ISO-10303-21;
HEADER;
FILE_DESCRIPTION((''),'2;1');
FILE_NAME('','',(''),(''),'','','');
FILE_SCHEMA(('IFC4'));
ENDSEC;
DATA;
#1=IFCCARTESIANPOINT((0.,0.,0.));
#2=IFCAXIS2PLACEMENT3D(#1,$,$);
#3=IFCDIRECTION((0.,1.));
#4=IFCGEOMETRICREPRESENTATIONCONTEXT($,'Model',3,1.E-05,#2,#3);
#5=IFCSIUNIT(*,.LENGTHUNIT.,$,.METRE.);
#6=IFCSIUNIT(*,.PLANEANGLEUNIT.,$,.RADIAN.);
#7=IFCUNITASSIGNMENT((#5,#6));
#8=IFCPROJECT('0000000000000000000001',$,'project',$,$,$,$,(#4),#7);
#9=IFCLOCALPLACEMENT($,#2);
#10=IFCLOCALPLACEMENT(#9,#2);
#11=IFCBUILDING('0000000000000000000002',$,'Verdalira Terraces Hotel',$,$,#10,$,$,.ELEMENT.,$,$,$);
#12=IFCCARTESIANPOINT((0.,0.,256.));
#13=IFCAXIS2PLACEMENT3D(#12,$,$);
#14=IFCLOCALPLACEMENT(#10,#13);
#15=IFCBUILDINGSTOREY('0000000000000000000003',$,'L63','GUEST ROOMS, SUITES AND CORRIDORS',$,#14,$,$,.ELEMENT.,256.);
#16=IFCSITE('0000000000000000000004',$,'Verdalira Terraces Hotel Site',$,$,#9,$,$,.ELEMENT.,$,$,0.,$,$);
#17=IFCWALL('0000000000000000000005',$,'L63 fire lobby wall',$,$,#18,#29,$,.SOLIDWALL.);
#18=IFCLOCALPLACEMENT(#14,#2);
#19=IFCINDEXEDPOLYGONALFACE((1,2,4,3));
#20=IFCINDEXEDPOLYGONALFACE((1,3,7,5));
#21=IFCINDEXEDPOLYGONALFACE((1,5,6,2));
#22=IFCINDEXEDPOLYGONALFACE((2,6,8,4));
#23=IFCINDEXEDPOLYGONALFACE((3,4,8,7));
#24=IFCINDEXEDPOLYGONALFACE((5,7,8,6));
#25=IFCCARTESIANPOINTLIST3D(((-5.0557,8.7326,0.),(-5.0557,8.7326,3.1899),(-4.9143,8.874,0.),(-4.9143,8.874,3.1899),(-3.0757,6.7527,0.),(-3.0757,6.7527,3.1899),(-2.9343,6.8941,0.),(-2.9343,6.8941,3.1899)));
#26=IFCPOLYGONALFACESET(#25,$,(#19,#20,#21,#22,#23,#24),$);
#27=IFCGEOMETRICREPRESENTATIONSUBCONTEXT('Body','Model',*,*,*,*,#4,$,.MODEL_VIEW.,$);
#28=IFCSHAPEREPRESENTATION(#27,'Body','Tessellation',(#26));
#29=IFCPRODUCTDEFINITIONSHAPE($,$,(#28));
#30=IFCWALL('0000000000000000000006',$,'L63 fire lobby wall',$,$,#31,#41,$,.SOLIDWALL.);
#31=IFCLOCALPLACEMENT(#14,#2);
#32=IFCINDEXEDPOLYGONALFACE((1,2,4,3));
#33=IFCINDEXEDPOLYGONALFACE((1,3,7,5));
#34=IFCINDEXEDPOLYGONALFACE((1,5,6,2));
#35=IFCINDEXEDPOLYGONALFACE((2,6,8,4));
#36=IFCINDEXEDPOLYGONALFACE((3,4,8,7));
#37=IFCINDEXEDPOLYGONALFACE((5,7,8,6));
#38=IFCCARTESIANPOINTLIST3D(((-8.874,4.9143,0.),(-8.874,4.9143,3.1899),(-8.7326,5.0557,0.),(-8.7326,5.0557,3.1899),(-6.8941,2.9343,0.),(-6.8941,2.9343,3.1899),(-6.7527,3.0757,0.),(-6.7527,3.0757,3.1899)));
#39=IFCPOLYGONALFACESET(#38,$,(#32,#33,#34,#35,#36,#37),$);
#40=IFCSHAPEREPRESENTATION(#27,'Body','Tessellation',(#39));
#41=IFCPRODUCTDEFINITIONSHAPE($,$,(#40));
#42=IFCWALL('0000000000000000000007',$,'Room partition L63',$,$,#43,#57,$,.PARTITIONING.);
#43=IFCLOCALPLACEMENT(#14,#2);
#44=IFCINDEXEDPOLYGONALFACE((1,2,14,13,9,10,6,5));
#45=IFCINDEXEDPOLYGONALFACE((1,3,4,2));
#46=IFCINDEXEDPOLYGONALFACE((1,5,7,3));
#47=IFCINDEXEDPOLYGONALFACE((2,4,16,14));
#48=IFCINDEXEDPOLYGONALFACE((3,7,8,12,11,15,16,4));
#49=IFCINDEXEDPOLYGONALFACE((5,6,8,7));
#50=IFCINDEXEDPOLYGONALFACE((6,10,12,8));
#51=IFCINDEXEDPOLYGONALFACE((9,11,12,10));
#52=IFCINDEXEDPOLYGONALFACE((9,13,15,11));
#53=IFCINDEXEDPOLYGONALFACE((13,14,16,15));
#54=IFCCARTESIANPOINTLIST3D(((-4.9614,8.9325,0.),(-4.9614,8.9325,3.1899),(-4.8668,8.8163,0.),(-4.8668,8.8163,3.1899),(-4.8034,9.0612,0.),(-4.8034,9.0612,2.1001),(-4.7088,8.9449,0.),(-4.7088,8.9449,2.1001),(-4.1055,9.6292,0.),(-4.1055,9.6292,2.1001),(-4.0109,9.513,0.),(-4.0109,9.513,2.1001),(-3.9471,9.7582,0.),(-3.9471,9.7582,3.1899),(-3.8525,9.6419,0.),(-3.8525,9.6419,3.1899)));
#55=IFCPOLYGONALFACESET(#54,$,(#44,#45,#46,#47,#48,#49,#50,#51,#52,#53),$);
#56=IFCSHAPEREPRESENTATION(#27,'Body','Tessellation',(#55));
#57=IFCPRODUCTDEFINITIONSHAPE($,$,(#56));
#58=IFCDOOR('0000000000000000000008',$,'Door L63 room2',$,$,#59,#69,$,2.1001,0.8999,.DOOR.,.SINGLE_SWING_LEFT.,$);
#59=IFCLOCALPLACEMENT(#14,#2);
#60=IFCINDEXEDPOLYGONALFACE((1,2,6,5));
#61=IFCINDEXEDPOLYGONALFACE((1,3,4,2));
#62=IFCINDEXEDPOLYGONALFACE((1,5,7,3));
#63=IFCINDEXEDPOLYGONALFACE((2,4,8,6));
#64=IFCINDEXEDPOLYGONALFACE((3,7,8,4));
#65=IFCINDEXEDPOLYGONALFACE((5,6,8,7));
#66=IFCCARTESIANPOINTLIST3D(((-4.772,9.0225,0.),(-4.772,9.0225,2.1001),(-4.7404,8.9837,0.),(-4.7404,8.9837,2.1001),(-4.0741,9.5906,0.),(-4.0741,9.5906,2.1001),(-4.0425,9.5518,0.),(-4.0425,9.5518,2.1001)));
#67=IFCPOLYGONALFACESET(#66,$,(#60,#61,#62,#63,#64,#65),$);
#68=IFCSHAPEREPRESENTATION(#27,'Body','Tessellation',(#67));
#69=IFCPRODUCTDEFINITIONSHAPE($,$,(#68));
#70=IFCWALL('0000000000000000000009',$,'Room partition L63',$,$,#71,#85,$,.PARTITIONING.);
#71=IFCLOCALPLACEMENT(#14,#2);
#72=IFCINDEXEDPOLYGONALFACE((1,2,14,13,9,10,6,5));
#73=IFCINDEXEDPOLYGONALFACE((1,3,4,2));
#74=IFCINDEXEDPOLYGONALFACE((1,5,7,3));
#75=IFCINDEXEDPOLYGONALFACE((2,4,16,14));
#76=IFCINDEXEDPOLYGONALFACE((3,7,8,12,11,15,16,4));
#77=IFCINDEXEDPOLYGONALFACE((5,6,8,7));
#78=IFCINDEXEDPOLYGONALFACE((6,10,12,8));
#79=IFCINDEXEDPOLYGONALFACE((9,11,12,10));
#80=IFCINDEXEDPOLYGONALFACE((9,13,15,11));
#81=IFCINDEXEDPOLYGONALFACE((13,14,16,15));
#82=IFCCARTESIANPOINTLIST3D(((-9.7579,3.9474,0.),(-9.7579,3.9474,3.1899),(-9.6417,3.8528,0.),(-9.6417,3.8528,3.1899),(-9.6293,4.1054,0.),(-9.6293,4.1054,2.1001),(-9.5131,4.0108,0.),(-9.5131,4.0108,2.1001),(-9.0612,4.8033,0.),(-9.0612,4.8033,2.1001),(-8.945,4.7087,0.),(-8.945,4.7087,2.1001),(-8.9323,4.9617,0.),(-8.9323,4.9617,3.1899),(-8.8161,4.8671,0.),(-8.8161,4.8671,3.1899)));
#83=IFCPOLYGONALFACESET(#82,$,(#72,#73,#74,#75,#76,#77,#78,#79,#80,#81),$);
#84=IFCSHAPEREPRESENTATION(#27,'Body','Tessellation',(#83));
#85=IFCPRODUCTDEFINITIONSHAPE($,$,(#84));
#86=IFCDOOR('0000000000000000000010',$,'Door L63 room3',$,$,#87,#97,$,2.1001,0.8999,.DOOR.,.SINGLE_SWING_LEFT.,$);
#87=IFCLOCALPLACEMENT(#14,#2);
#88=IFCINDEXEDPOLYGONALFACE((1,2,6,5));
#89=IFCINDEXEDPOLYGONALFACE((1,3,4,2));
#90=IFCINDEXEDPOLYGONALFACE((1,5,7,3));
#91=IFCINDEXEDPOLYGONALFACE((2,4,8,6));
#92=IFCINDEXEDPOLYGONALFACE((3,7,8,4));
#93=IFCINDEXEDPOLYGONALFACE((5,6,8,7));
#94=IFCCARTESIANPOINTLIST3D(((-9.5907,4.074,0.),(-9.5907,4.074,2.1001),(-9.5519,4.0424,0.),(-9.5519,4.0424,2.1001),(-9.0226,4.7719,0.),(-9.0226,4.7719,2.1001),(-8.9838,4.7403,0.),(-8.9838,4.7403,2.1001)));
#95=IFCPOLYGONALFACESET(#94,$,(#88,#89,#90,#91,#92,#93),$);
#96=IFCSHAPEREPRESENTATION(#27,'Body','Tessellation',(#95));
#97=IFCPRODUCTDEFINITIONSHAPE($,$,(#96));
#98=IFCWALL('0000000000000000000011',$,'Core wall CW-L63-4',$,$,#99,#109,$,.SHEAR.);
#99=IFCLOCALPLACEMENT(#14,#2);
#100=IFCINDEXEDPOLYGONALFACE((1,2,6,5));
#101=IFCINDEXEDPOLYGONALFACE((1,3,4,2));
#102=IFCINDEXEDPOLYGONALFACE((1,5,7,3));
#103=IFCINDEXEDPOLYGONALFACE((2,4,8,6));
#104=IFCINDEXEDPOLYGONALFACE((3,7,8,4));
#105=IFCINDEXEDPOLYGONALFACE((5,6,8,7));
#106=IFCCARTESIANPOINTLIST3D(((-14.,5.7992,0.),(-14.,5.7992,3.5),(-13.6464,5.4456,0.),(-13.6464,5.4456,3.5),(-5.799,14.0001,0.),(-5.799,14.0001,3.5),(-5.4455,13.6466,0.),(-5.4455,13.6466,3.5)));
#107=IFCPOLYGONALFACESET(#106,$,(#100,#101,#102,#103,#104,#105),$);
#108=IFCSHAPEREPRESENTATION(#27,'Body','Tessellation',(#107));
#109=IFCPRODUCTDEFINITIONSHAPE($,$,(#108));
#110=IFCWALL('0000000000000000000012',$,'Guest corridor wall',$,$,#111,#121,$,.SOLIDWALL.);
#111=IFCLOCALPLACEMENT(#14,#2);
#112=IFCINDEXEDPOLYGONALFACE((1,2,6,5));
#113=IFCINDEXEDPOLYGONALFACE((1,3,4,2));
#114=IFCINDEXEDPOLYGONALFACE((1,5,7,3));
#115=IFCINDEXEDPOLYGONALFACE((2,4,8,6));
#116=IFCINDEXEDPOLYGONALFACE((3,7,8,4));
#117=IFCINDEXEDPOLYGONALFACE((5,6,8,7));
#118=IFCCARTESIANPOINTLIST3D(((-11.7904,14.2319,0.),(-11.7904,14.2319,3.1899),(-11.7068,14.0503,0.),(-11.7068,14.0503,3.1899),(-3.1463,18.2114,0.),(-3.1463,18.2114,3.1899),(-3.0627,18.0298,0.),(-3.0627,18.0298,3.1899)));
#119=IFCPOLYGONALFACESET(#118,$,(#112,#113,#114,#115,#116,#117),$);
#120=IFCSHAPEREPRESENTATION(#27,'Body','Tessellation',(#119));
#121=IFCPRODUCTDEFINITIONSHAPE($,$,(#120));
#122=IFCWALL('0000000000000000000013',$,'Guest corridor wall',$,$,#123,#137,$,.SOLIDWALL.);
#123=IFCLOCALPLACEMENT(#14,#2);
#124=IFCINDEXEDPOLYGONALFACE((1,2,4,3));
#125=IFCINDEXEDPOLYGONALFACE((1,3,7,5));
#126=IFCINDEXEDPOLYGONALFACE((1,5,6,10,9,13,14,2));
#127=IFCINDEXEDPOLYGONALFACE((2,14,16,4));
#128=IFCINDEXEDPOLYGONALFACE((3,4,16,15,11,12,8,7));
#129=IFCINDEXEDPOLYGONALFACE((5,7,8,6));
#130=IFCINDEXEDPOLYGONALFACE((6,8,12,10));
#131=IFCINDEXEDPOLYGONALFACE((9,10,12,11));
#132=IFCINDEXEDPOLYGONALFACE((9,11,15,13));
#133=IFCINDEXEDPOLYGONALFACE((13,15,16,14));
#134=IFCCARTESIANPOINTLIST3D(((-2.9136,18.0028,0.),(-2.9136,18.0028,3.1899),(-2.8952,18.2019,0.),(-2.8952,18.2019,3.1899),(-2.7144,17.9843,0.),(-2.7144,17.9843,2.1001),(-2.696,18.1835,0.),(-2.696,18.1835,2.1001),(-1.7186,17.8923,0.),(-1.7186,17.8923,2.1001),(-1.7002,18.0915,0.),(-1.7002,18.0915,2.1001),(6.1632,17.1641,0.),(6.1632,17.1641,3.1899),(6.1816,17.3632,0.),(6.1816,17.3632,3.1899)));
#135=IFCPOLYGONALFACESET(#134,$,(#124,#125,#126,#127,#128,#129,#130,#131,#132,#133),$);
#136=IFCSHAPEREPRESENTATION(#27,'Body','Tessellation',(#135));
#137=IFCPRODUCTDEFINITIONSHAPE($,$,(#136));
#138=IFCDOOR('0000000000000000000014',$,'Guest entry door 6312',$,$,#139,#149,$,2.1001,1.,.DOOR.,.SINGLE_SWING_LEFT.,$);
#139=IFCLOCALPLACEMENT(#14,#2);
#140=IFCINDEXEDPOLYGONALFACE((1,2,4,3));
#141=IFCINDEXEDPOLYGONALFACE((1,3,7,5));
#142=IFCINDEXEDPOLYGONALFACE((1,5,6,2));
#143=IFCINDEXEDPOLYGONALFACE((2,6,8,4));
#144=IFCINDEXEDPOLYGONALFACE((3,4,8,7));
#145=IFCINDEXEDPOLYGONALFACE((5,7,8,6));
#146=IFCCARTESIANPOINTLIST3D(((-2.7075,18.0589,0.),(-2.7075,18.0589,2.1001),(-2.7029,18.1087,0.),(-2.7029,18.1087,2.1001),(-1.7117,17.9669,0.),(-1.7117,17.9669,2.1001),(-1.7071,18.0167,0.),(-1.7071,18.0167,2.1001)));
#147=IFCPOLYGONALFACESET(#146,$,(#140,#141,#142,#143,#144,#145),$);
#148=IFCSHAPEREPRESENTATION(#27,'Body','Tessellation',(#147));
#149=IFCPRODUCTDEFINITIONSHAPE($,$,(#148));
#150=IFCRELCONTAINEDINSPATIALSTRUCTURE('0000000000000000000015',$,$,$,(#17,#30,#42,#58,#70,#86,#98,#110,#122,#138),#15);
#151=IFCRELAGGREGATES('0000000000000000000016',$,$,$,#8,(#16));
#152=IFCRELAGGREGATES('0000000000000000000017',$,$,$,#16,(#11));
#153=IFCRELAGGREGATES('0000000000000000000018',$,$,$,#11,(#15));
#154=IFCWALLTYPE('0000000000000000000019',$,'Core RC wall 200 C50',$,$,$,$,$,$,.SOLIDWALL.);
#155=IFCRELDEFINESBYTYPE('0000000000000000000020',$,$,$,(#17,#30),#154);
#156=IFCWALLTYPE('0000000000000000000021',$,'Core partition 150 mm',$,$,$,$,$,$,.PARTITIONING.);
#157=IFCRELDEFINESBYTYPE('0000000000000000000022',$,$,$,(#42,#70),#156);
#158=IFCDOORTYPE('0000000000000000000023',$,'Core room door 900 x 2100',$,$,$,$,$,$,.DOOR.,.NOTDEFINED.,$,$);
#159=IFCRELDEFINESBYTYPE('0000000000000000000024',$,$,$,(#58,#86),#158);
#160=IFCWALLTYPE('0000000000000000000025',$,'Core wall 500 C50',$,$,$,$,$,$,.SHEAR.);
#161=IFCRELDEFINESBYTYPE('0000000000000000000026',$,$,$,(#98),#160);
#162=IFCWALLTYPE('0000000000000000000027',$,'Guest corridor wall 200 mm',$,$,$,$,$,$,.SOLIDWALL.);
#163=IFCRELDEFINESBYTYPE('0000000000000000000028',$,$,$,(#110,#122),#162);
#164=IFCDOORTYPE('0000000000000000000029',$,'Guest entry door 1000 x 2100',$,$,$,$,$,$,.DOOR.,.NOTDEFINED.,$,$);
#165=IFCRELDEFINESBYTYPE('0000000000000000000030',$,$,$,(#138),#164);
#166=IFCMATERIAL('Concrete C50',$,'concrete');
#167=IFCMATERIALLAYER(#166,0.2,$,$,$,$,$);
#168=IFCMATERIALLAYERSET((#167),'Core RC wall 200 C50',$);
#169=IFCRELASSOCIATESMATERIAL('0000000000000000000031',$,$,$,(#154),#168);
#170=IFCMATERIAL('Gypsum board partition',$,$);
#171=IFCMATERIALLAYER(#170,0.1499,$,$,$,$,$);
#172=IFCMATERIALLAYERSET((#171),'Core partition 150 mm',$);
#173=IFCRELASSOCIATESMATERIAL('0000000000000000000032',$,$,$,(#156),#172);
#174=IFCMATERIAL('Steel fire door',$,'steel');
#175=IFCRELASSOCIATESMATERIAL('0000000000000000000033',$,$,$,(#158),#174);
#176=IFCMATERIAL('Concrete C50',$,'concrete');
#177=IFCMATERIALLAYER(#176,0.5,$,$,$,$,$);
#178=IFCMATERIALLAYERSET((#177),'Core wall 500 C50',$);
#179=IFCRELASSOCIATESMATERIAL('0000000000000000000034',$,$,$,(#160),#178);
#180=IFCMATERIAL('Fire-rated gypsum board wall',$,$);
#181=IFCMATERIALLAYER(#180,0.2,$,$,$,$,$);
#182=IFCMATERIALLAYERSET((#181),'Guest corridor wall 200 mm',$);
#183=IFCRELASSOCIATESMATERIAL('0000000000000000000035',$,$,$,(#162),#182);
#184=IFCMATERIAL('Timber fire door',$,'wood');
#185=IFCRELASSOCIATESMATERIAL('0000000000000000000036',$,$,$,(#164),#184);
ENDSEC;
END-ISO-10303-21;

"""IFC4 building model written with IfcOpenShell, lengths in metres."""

from ifc_helpers import new_model, si_unit, direction, frame, frame_2d, origin, place, context, subcontext, project, spatial, rectangle, extrude, material, layer, layer_set, type_object, element, fill, save


model = new_model("IFC4")

# Units and contexts
model_context = context("Model", 3, precision=1e-05, world=origin(), true_north=direction((0.0, 1.0)))
body_context = subcontext(model_context, "Body", "Model", "MODEL_VIEW")
ifc_project = project(units=[si_unit("LENGTHUNIT", "METRE"), si_unit("PLANEANGLEUNIT", "RADIAN")], contexts=[model_context])

# Site, building, storey
site_placement = place(None, origin())
site = spatial("IfcSite", under=ifc_project, at=site_placement, Name="Verdalira Terraces Hotel Site", CompositionType="ELEMENT", RefElevation=0.0)
building_placement = place(site_placement, origin())
building = spatial("IfcBuilding", under=site, at=building_placement, Name="Verdalira Terraces Hotel", CompositionType="ELEMENT")
storey_placement = place(building_placement, frame((0.0, 0.0, 256.0)))
storey = spatial("IfcBuildingStorey", under=building, at=storey_placement, Name="L63", Description="GUEST ROOMS, SUITES AND CORRIDORS", CompositionType="ELEMENT", Elevation=256.0)

# Shared definitions
ifc_material_1 = material(Name="Concrete C50", Category="concrete")
ifc_layer_1 = layer(ifc_material_1, 0.2)
ifc_layer_set_1 = layer_set([ifc_layer_1], Name="Core RC wall 200 C50")
wall_type_1 = type_object("IfcWallType", Name="Core RC wall 200 C50", PredefinedType="SOLIDWALL", material=ifc_layer_set_1)

# Walls
for number, where, z_axis, x_axis, name in (
    (1, (-3.0051, 6.8235, 0.0), (0.0, 0.0, 1.0), (-0.707107, 0.707107, 0.0), "L63 fire lobby wall"),
    (2, (-6.8235, 3.0051, 0.0), (0.0, 0.0, 1.0), (-0.707107, 0.707107, 0.0), "L63 fire lobby wall"),
):
    element("IfcWall", number, at=place(storey_placement, frame(where, z_axis=z_axis, x_axis=x_axis)), inside=storey, type_object=wall_type_1, Name=name, PredefinedType="SOLIDWALL", context=body_context, shape_type="SweptSolid", body=[
        extrude(rectangle(XDim=2.8, YDim=0.2, at=frame_2d((1.3999, 0.0))), origin(), (0.0, 0.0, 1.0), 3.1899),
    ])

# Walls, openings, doors
ifc_material_2 = material(Name="Gypsum board partition")
ifc_layer_2 = layer(ifc_material_2, 0.1499)
ifc_layer_set_2 = layer_set([ifc_layer_2], Name="Core partition 150 mm")
wall_type_2 = type_object("IfcWallType", Name="Core partition 150 mm", PredefinedType="PARTITIONING", material=ifc_layer_set_2)
wall_1_placement = place(storey_placement, frame((-3.8999, 9.7, 0.0), z_axis=(0.0, 0.0, 1.0), x_axis=(-0.77556, -0.631274, 0.0)))
wall_1 = element("IfcWall", 3, at=wall_1_placement, inside=storey, type_object=wall_type_2, Name="Room partition L63", PredefinedType="PARTITIONING", context=body_context, shape_type="SweptSolid", body=[
    extrude(rectangle(XDim=1.3079, YDim=0.1499, at=frame_2d((0.6538, 0.0))), origin(), (0.0, 0.0, 1.0), 3.1899),
])
opening_1_placement = place(wall_1_placement, frame((0.2041, 0.0, 0.0)))
opening_1 = element("IfcOpeningElement", 4, at=opening_1_placement, cuts=wall_1, PredefinedType="OPENING", context=body_context, shape_type="SweptSolid", body=[
    extrude(rectangle(XDim=0.8999, YDim=2.1001, at=frame_2d((0.45, 1.05))), frame((0.0, 0.085, 0.0), z_axis=(0.0, -1.0, 0.0), x_axis=(1.0, 0.0, 0.0)), (0.0, 0.0, 1.0), 0.1699),
])
ifc_material_3 = material(Name="Steel fire door", Category="steel")
door_type_1 = type_object("IfcDoorType", Name="Core room door 900 x 2100", OperationType="NOTDEFINED", PredefinedType="DOOR", material=ifc_material_3)
door_1_placement = place(opening_1_placement, origin())
door_1 = element("IfcDoor", 5, at=door_1_placement, inside=storey, type_object=door_type_1, Name="Door L63 room2", OperationType="SINGLE_SWING_LEFT", OverallHeight=2.1001, OverallWidth=0.8999, PredefinedType="DOOR", context=body_context, shape_type="SweptSolid", body=[
    extrude(rectangle(XDim=0.8999, YDim=2.1001, at=frame_2d((0.45, 1.05))), frame((0.0, 0.0249, 0.0), z_axis=(0.0, -1.0, 0.0), x_axis=(1.0, 0.0, 0.0)), (0.0, 0.0, 1.0), 0.05),
])
fill(opening_1, door_1)
wall_2_placement = place(storey_placement, frame((-8.8743, 4.9143, 0.0), z_axis=(0.0, 0.0, 1.0), x_axis=(-0.631274, -0.77556, 0.0)))
wall_2 = element("IfcWall", 6, at=wall_2_placement, inside=storey, type_object=wall_type_2, Name="Room partition L63", PredefinedType="PARTITIONING", context=body_context, shape_type="SweptSolid", body=[
    extrude(rectangle(XDim=1.3079, YDim=0.1499, at=frame_2d((0.6538, 0.0))), origin(), (0.0, 0.0, 1.0), 3.1899),
])
opening_2_placement = place(wall_2_placement, frame((0.2041, 0.0, 0.0)))
opening_2 = element("IfcOpeningElement", 7, at=opening_2_placement, cuts=wall_2, PredefinedType="OPENING", context=body_context, shape_type="SweptSolid", body=[
    extrude(rectangle(XDim=0.8999, YDim=2.1001, at=frame_2d((0.45, 1.05))), frame((0.0, 0.085, 0.0), z_axis=(0.0, -1.0, 0.0), x_axis=(1.0, 0.0, 0.0)), (0.0, 0.0, 1.0), 0.1699),
])
door_2_placement = place(opening_2_placement, origin())
door_2 = element("IfcDoor", 8, at=door_2_placement, inside=storey, type_object=door_type_1, Name="Door L63 room3", OperationType="SINGLE_SWING_LEFT", OverallHeight=2.1001, OverallWidth=0.8999, PredefinedType="DOOR", context=body_context, shape_type="SweptSolid", body=[
    extrude(rectangle(XDim=0.8999, YDim=2.1001, at=frame_2d((0.45, 1.05))), frame((0.0, 0.0249, 0.0), z_axis=(0.0, -1.0, 0.0), x_axis=(1.0, 0.0, 0.0)), (0.0, 0.0, 1.0), 0.05),
])
fill(opening_2, door_2)

# Walls
ifc_material_4 = material(Name="Concrete C50", Category="concrete")
ifc_layer_3 = layer(ifc_material_4, 0.5)
ifc_layer_set_3 = layer_set([ifc_layer_3], Name="Core wall 500 C50")
wall_type_3 = type_object("IfcWallType", Name="Core wall 500 C50", PredefinedType="SHEAR", material=ifc_layer_set_3)
wall_3_placement = place(storey_placement, frame((-5.6223, 13.8232, 0.0), z_axis=(0.0, 0.0, 1.0), x_axis=(-0.707107, -0.707107, 0.0)))
element("IfcWall", 9, at=wall_3_placement, inside=storey, type_object=wall_type_3, Name="Core wall CW-L63-4", PredefinedType="SHEAR", context=body_context, shape_type="SweptSolid", body=[
    extrude(rectangle(XDim=11.5979, YDim=0.5, at=frame_2d((5.7988, 0.0))), origin(), (0.0, 0.0, 1.0), 3.5),
])
ifc_material_5 = material(Name="Fire-rated gypsum board wall")
ifc_layer_4 = layer(ifc_material_5, 0.2)
ifc_layer_set_4 = layer_set([ifc_layer_4], Name="Guest corridor wall 200 mm")
wall_type_4 = type_object("IfcWallType", Name="Guest corridor wall 200 mm", PredefinedType="SOLIDWALL", material=ifc_layer_set_4)
wall_4_placement = place(storey_placement, frame((-3.1045, 18.1206, 0.0), z_axis=(0.0, 0.0, 1.0), x_axis=(-0.908361, -0.418186, 0.0)))
element("IfcWall", 10, at=wall_4_placement, inside=storey, type_object=wall_type_4, Name="Guest corridor wall", PredefinedType="SOLIDWALL", context=body_context, shape_type="SweptSolid", body=[
    extrude(rectangle(XDim=9.5161, YDim=0.2, at=frame_2d((4.7581, 0.0))), origin(), (0.0, 0.0, 1.0), 3.1899),
])

# Wall, opening, door
wall_5_placement = place(storey_placement, frame((-2.9043, 18.1023, 0.0), z_axis=(0.0, 0.0, 1.0), x_axis=(0.995759, -0.091999, 0.0)))
wall_5 = element("IfcWall", 11, at=wall_5_placement, inside=storey, type_object=wall_type_4, Name="Guest corridor wall", PredefinedType="SOLIDWALL", context=body_context, shape_type="SweptSolid", body=[
    extrude(rectangle(XDim=9.1155, YDim=0.2, at=frame_2d((4.5576, 0.0))), origin(), (0.0, 0.0, 1.0), 3.1899),
])
opening_3_placement = place(wall_5_placement, frame((0.2, 0.0, 0.0)))
opening_3 = element("IfcOpeningElement", 12, at=opening_3_placement, cuts=wall_5, PredefinedType="OPENING", context=body_context, shape_type="SweptSolid", body=[
    extrude(rectangle(XDim=1.0, YDim=2.1001, at=frame_2d((0.5, 1.05))), frame((0.0, 0.1099, 0.0), z_axis=(0.0, -1.0, 0.0), x_axis=(1.0, 0.0, 0.0)), (0.0, 0.0, 1.0), 0.22),
])
ifc_material_6 = material(Name="Timber fire door", Category="wood")
door_type_2 = type_object("IfcDoorType", Name="Guest entry door 1000 x 2100", OperationType="NOTDEFINED", PredefinedType="DOOR", material=ifc_material_6)
door_3_placement = place(opening_3_placement, origin())
door_3 = element("IfcDoor", 13, at=door_3_placement, inside=storey, type_object=door_type_2, Name="Guest entry door 6312", OperationType="SINGLE_SWING_LEFT", OverallHeight=2.1001, OverallWidth=1.0, PredefinedType="DOOR", context=body_context, shape_type="SweptSolid", body=[
    extrude(rectangle(XDim=1.0, YDim=2.1001, at=frame_2d((0.5, 1.05))), frame((0.0, 0.0249, 0.0), z_axis=(0.0, -1.0, 0.0), x_axis=(1.0, 0.0, 0.0)), (0.0, 0.0, 1.0), 0.05),
])
fill(opening_3, door_3)

save(model, "model.ifc")
